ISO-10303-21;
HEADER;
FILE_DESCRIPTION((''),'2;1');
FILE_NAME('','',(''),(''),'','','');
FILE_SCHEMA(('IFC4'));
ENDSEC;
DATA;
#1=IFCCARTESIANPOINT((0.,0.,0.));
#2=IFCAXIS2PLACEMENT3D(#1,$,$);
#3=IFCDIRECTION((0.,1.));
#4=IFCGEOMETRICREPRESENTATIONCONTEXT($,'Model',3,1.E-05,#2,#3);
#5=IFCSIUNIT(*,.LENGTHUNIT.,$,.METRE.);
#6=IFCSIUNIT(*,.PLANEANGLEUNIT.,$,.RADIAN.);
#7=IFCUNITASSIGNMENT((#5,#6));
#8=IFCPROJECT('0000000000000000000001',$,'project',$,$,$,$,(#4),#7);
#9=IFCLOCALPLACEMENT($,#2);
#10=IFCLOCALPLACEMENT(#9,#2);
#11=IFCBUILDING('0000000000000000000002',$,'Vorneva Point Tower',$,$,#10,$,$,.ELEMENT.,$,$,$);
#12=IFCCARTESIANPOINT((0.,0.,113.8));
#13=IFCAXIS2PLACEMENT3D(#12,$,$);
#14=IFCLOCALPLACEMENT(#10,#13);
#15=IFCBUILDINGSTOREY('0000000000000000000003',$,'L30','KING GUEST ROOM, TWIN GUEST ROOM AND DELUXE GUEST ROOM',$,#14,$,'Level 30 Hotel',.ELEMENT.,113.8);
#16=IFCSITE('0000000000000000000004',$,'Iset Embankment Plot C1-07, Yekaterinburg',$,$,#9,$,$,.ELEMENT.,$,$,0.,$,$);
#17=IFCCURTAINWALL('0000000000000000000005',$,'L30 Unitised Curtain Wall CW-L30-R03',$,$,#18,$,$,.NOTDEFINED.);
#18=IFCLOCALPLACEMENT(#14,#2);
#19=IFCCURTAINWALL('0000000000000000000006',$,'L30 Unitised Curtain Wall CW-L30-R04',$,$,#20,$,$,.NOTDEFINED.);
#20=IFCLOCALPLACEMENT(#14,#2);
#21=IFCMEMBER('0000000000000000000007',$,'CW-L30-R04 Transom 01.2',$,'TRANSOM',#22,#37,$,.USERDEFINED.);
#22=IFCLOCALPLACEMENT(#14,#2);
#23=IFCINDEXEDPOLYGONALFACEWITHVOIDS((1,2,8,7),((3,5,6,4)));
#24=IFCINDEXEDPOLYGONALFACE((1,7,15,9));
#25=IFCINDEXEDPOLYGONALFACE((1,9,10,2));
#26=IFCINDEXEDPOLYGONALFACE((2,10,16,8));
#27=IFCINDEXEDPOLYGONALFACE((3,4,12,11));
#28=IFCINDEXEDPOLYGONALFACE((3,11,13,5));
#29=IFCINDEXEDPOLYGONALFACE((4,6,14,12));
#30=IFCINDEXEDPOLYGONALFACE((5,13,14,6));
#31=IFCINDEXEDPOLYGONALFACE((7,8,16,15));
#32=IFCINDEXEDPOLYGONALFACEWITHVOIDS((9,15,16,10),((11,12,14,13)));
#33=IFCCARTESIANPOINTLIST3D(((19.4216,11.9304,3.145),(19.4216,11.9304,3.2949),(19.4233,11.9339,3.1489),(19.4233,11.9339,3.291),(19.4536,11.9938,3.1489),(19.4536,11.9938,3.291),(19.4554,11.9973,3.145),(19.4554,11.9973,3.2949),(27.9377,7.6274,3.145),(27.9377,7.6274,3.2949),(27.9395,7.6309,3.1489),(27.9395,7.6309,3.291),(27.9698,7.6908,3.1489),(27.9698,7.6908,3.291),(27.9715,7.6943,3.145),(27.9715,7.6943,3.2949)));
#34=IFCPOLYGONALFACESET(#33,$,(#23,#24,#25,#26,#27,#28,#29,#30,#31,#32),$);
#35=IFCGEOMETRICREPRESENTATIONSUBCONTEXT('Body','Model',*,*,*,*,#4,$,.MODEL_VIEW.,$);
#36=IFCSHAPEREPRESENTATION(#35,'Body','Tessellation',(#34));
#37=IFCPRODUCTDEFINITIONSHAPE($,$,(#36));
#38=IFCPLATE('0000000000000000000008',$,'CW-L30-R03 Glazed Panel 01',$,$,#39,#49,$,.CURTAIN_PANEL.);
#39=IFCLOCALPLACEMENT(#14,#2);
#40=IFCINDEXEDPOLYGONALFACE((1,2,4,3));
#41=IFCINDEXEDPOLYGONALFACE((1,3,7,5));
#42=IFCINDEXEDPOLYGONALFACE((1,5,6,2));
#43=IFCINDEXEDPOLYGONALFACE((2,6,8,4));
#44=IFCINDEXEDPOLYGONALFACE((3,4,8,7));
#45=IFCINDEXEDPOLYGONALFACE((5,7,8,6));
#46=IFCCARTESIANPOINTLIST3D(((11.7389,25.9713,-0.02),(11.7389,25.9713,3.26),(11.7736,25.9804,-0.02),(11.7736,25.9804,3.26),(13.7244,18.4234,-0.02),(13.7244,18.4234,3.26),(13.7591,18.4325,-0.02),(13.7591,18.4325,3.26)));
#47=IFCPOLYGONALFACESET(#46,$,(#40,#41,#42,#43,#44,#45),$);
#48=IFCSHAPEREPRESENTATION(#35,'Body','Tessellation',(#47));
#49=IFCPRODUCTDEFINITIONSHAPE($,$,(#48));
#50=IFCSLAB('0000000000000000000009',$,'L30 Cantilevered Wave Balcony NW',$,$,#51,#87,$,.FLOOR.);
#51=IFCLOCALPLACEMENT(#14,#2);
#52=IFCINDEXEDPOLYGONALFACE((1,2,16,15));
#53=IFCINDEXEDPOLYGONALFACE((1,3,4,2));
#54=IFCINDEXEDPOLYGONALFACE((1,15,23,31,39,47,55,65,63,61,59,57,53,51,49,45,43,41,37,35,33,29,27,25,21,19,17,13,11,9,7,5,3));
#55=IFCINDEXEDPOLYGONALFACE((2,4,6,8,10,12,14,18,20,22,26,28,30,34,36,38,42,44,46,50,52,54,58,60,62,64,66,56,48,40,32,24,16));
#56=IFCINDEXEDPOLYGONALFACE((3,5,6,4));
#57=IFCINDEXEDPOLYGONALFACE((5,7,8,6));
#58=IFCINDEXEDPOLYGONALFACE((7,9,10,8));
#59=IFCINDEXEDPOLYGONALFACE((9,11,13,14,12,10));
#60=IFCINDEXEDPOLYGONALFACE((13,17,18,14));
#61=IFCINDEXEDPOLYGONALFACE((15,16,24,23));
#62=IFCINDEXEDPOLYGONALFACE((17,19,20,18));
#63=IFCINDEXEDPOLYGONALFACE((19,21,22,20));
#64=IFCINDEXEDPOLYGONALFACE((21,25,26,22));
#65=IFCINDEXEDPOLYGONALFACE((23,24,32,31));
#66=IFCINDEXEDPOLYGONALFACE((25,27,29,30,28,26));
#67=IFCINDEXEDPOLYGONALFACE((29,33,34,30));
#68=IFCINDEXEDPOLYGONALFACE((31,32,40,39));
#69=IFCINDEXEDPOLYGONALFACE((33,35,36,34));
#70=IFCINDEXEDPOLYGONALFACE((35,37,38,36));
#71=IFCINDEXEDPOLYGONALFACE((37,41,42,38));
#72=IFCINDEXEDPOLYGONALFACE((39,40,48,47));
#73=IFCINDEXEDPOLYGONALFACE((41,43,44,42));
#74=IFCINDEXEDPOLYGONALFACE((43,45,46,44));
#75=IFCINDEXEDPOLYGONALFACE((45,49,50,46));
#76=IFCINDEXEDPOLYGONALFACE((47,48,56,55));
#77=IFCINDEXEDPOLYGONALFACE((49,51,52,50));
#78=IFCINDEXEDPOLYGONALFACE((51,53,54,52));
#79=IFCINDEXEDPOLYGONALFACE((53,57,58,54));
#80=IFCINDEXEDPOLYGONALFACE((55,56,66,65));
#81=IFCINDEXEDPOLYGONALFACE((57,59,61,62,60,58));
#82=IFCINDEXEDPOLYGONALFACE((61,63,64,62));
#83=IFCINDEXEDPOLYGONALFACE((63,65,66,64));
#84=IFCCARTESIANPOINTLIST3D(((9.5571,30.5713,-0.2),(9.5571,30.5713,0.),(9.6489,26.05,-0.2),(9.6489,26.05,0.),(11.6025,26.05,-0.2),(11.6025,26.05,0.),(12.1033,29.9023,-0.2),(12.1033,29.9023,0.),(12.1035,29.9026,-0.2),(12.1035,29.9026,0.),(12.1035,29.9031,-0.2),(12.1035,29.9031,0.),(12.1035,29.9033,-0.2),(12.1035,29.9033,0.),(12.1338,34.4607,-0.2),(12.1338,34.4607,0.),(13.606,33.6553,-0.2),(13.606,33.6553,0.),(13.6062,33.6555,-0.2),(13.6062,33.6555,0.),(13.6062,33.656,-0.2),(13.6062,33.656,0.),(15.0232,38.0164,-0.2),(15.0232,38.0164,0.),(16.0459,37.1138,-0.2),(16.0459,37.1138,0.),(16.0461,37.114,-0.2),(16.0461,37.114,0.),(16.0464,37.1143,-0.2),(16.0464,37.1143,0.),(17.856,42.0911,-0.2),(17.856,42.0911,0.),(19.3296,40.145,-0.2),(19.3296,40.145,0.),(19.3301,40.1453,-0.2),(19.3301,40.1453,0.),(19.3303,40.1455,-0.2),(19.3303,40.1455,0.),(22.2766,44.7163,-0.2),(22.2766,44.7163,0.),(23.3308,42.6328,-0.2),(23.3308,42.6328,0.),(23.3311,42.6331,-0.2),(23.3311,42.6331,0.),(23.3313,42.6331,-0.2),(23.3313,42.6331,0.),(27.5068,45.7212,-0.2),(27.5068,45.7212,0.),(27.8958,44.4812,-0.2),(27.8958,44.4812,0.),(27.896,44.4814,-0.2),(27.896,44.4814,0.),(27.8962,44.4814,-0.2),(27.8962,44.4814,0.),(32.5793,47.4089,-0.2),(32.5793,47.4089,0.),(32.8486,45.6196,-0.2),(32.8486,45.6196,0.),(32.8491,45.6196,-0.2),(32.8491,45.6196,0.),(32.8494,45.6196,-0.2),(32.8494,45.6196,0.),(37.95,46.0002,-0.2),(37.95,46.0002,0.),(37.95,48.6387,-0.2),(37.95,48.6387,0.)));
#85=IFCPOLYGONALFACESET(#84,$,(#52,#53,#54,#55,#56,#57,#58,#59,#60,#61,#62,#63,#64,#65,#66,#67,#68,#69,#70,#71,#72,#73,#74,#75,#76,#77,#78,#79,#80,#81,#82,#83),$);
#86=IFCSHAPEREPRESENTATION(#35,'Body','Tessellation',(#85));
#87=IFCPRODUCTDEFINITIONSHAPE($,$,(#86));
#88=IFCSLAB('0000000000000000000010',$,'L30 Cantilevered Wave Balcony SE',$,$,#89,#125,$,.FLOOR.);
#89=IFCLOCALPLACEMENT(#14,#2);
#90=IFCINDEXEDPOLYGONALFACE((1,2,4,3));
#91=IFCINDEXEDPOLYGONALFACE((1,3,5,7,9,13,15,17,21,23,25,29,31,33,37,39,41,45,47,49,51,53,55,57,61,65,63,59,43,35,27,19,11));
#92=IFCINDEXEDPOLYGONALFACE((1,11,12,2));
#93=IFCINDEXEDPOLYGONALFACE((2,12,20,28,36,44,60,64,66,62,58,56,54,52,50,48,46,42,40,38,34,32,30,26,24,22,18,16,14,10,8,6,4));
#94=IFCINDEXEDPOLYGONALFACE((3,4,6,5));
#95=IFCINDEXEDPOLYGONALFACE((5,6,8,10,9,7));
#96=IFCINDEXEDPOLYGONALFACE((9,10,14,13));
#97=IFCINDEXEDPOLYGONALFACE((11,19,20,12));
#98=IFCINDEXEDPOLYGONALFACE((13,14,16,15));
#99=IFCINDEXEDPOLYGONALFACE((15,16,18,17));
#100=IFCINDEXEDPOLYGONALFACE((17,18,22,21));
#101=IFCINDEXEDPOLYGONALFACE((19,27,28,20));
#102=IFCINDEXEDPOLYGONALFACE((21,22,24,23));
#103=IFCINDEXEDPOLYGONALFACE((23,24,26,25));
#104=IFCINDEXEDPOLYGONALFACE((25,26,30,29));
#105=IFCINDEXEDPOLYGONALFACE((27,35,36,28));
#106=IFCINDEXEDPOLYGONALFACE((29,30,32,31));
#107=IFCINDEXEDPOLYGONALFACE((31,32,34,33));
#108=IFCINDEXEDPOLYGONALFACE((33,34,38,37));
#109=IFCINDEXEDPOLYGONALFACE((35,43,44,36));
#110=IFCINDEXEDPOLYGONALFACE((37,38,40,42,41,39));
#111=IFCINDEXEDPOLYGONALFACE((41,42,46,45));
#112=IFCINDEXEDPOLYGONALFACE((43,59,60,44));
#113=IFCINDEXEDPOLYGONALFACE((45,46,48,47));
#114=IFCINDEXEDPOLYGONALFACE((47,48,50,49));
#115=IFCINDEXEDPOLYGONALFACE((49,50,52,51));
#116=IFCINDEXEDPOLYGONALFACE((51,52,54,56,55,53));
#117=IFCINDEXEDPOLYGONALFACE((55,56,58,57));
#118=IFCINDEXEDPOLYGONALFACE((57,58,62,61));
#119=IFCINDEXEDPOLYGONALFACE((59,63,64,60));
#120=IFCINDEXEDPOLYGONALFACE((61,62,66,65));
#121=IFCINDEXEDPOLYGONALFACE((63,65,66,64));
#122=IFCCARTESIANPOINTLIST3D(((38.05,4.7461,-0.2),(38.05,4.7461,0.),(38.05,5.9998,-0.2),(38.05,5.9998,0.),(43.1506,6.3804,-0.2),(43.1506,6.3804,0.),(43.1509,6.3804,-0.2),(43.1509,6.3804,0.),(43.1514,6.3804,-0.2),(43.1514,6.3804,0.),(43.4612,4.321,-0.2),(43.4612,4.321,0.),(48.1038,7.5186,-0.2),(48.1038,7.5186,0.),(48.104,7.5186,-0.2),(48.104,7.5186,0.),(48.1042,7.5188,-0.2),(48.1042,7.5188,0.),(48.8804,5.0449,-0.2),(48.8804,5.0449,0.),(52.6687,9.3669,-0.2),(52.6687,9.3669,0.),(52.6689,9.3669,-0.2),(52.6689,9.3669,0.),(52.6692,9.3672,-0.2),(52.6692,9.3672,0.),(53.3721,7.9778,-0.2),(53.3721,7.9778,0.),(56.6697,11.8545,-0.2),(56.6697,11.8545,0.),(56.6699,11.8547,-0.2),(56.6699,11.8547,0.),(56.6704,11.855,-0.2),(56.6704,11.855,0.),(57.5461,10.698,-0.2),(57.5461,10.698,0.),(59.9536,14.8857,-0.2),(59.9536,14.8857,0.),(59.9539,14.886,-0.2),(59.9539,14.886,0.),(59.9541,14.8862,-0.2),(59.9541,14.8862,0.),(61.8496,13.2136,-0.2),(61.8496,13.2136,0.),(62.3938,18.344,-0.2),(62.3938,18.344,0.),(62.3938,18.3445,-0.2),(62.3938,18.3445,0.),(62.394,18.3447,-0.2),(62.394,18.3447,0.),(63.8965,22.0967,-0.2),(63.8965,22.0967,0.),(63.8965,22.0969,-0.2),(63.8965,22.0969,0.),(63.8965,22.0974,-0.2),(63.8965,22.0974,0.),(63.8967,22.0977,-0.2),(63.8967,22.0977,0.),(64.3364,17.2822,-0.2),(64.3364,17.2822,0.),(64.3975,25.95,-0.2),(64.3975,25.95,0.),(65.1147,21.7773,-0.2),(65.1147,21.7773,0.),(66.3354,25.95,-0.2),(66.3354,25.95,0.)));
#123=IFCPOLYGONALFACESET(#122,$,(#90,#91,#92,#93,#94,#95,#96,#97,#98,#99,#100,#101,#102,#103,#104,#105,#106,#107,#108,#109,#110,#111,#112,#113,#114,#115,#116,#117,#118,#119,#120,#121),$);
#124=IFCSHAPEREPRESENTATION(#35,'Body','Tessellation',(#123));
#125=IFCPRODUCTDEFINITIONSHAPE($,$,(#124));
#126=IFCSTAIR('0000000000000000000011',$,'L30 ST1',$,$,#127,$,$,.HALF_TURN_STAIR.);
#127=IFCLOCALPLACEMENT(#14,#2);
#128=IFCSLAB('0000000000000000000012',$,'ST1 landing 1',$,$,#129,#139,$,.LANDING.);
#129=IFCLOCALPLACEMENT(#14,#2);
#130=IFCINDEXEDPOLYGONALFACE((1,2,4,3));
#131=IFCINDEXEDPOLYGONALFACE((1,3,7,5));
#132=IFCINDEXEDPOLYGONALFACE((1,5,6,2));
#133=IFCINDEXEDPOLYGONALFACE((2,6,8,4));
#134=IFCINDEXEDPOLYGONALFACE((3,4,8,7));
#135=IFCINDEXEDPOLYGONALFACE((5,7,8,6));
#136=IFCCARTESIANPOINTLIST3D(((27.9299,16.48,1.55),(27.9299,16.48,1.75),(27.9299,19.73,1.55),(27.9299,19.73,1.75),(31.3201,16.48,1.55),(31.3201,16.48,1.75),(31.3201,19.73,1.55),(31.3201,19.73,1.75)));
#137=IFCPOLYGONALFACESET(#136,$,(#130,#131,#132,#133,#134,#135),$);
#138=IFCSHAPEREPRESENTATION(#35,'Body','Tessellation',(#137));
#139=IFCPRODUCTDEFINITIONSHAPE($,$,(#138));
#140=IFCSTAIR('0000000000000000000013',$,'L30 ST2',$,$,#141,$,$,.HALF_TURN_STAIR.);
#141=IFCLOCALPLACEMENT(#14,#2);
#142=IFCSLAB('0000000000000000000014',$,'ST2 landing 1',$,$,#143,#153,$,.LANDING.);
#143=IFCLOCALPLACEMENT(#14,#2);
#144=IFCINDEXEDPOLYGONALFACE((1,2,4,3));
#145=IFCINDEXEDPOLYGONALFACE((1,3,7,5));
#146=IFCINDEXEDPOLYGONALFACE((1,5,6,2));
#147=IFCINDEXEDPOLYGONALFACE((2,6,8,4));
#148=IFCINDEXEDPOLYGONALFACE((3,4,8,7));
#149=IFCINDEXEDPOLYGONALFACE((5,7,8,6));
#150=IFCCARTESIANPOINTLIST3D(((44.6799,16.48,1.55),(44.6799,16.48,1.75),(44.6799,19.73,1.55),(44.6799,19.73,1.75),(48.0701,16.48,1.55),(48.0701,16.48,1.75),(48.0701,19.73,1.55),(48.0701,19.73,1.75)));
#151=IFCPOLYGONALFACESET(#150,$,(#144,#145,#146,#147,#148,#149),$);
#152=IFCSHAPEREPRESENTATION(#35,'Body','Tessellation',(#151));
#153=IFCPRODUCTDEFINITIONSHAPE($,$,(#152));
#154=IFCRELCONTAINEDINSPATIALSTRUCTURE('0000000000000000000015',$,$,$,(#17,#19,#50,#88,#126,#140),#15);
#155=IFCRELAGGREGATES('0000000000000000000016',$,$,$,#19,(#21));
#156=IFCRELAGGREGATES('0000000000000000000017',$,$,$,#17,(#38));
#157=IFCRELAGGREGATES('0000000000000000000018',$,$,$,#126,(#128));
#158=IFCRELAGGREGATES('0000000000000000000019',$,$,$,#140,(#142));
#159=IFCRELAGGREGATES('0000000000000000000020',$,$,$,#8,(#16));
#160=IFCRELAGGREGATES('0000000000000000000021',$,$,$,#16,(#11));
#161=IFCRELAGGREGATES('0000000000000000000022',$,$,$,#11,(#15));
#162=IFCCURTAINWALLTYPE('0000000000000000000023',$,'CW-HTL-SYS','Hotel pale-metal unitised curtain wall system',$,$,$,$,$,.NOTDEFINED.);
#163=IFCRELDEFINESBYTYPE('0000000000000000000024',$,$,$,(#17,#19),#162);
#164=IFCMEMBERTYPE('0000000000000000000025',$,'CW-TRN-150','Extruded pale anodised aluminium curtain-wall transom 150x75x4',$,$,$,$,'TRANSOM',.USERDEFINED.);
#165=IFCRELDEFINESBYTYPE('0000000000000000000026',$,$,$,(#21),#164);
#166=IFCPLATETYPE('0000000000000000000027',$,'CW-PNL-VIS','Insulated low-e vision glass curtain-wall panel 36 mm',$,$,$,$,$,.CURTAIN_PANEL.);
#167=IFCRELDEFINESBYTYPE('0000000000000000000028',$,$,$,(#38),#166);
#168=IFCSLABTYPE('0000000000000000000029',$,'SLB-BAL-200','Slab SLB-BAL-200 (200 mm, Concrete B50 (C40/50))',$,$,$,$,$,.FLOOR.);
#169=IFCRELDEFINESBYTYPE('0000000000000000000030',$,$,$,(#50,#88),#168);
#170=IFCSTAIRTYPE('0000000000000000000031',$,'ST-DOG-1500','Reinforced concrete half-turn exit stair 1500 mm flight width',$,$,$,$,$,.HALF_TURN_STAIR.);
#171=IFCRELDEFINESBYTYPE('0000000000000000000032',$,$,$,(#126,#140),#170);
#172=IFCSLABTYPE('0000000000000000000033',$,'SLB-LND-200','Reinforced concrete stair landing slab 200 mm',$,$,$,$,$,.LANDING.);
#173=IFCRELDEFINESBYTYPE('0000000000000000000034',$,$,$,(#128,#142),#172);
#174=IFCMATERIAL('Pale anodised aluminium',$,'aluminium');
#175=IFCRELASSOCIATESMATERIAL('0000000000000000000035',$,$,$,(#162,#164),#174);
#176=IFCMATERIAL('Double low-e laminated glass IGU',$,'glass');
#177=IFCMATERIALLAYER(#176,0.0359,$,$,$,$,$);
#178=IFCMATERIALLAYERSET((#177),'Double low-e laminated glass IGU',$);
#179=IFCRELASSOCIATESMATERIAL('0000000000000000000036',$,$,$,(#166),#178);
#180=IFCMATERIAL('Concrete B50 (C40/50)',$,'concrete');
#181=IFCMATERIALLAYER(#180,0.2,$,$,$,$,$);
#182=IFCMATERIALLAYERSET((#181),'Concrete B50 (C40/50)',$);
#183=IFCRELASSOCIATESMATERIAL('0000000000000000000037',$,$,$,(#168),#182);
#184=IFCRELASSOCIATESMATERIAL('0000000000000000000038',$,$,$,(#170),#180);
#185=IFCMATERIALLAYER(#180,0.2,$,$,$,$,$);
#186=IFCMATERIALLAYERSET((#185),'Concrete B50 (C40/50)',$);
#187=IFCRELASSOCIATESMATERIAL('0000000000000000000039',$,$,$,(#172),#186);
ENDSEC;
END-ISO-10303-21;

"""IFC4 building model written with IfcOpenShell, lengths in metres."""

from ifc_helpers import new_model, si_unit, direction, frame, origin, origin_2d, place, context, subcontext, project, spatial, polyline, rectangle, hollow_rectangle, outline, extrude, material, layer, layer_set, material_profile, profile_set, type_object, element, aggregate, save


model = new_model("IFC4")

# Units and contexts
model_context = context("Model", 3, precision=1e-05, world=origin(), true_north=direction((0.0, 1.0)))
body_context = subcontext(model_context, "Body", "Model", "MODEL_VIEW")
ifc_project = project(units=[si_unit("LENGTHUNIT", "METRE"), si_unit("PLANEANGLEUNIT", "RADIAN")], contexts=[model_context])

# Site, building, storey
site_placement = place(None, origin())
site = spatial("IfcSite", under=ifc_project, at=site_placement, Name="Iset Embankment Plot C1-07, Yekaterinburg", CompositionType="ELEMENT", RefElevation=0.0)
building_placement = place(site_placement, origin())
building = spatial("IfcBuilding", under=site, at=building_placement, Name="Vorneva Point Tower", CompositionType="ELEMENT")
storey_placement = place(building_placement, frame((0.0, 0.0, 113.8)))
storey = spatial("IfcBuildingStorey", under=building, at=storey_placement, Name="L30", Description="KING GUEST ROOM, TWIN GUEST ROOM AND DELUXE GUEST ROOM", LongName="Level 30 Hotel", CompositionType="ELEMENT", Elevation=113.8)

# Curtain wall
ifc_material_1 = material(Name="Pale anodised aluminium", Category="aluminium")
curtain_wall_type = type_object("IfcCurtainWallType", Name="CW-HTL-SYS", Description="Hotel pale-metal unitised curtain wall system", PredefinedType="NOTDEFINED", material=ifc_material_1)
curtain_wall_1_placement = place(storey_placement, origin())
curtain_wall_1 = element("IfcCurtainWall", 1, at=curtain_wall_1_placement, inside=storey, type_object=curtain_wall_type, Name="L30 Unitised Curtain Wall CW-L30-R03", PredefinedType="NOTDEFINED")

# Curtain wall
curtain_wall_2_placement = place(storey_placement, origin())
curtain_wall_2 = element("IfcCurtainWall", 2, at=curtain_wall_2_placement, inside=storey, type_object=curtain_wall_type, Name="L30 Unitised Curtain Wall CW-L30-R04", PredefinedType="NOTDEFINED")

# Member
ifc_material_profile_1 = material_profile(ifc_material_1, hollow_rectangle(XDim=0.075, YDim=0.1499, WallThickness=0.0039, at=origin_2d()), Name="AL-TRN 150x75x4")
ifc_profile_set_1 = profile_set([ifc_material_profile_1], Name="Pale anodised aluminium")
member_type_1 = type_object("IfcMemberType", Name="CW-TRN-150", Description="Extruded pale anodised aluminium curtain-wall transom 150x75x4", ElementType="TRANSOM", PredefinedType="USERDEFINED", material=ifc_profile_set_1)
member_1_placement = place(storey_placement, frame((19.4385, 11.9639, 3.22), z_axis=(0.892536, -0.450976, 0.0), x_axis=(0.450976, 0.892536, 0.0)))
member_1 = element("IfcMember", 3, at=member_1_placement, type_object=member_type_1, Name="CW-L30-R04 Transom 01.2", ObjectType="TRANSOM", PredefinedType="USERDEFINED", context=body_context, shape_type="SweptSolid", body=[
    extrude(hollow_rectangle(XDim=0.075, YDim=0.1499, WallThickness=0.0039, at=origin_2d()), origin(), (0.0, 0.0, 1.0), 9.5415),
])
aggregate(curtain_wall_2, [member_1])

# Plate
ifc_material_2 = material(Name="Double low-e laminated glass IGU", Category="glass")
ifc_layer_1 = layer(ifc_material_2, 0.0359)
ifc_layer_set_1 = layer_set([ifc_layer_1], Name="Double low-e laminated glass IGU")
plate_type = type_object("IfcPlateType", Name="CW-PNL-VIS", Description="Insulated low-e vision glass curtain-wall panel 36 mm", PredefinedType="CURTAIN_PANEL", material=ifc_layer_set_1)
plate_placement = place(storey_placement, frame((12.749, 22.2019, -0.02), z_axis=(0.0, 0.0, 1.0), x_axis=(0.254399, -0.967099, 0.0)))
plate = element("IfcPlate", 4, at=plate_placement, type_object=plate_type, Name="CW-L30-R03 Glazed Panel 01", PredefinedType="CURTAIN_PANEL", context=body_context, shape_type="SweptSolid", body=[
    extrude(rectangle(XDim=7.8047, YDim=0.0359, at=origin_2d()), origin(), (0.0, 0.0, 1.0), 3.28),
])
aggregate(curtain_wall_1, [plate])

# Slabs
ifc_material_3 = material(Name="Concrete B50 (C40/50)", Category="concrete")
ifc_layer_2 = layer(ifc_material_3, 0.2)
ifc_layer_set_2 = layer_set([ifc_layer_2], Name="Concrete B50 (C40/50)")
slab_type_1 = type_object("IfcSlabType", Name="SLB-BAL-200", Description="Slab SLB-BAL-200 (200 mm, Concrete B50 (C40/50))", PredefinedType="FLOOR", material=ifc_layer_set_2)
slab_1_placement = place(storey_placement, frame((0.0, 0.0, -0.2)))
element("IfcSlab", 5, at=slab_1_placement, inside=storey, type_object=slab_type_1, Name="L30 Cantilevered Wave Balcony NW", PredefinedType="FLOOR", context=body_context, shape_type="SweptSolid", body=[
    extrude(outline(polyline([(9.6489, 26.05), (11.6025, 26.05), (12.1033, 29.9023), (12.1035, 29.9026), (12.1035, 29.9031), (12.1035, 29.9033), (13.606, 33.6553), (13.6062, 33.6555), (13.6062, 33.656), (16.0459, 37.1138), (16.0461, 37.114), (16.0464, 37.1143), (19.3296, 40.145), (19.3301, 40.1453), (19.3303, 40.1455), (23.3308, 42.6328), (23.3311, 42.6331), (23.3313, 42.6331), (27.8958, 44.4812), (27.896, 44.4814), (27.8962, 44.4814), (32.8486, 45.6196), (32.8491, 45.6196), (32.8494, 45.6196), (37.95, 46.0002), (37.95, 48.6387), (32.5793, 47.4089), (27.5068, 45.7212), (22.2766, 44.7163), (17.856, 42.0911), (15.0232, 38.0164), (12.1338, 34.4607), (9.5571, 30.5713), (9.6489, 26.05)])), origin(), (0.0, 0.0, 1.0), 0.2),
])
slab_2_placement = place(storey_placement, frame((0.0, 0.0, -0.2)))
element("IfcSlab", 6, at=slab_2_placement, inside=storey, type_object=slab_type_1, Name="L30 Cantilevered Wave Balcony SE", PredefinedType="FLOOR", context=body_context, shape_type="SweptSolid", body=[
    extrude(outline(polyline([(65.1147, 21.7773), (66.3354, 25.95), (64.3975, 25.95), (63.8967, 22.0977), (63.8965, 22.0974), (63.8965, 22.0969), (63.8965, 22.0967), (62.394, 18.3447), (62.3938, 18.3445), (62.3938, 18.344), (59.9541, 14.8862), (59.9539, 14.886), (59.9536, 14.8857), (56.6704, 11.855), (56.6699, 11.8547), (56.6697, 11.8545), (52.6692, 9.3672), (52.6689, 9.3669), (52.6687, 9.3669), (48.1042, 7.5188), (48.104, 7.5186), (48.1038, 7.5186), (43.1514, 6.3804), (43.1509, 6.3804), (43.1506, 6.3804), (38.05, 5.9998), (38.05, 4.7461), (43.4612, 4.321), (48.8804, 5.0449), (53.3721, 7.9778), (57.5461, 10.698), (61.8496, 13.2136), (64.3364, 17.2822), (65.1147, 21.7773)])), origin(), (0.0, 0.0, 1.0), 0.2),
])

# Stairs, slabs
stair_type = type_object("IfcStairType", Name="ST-DOG-1500", Description="Reinforced concrete half-turn exit stair 1500 mm flight width", PredefinedType="HALF_TURN_STAIR", material=ifc_material_3)
stair_1_placement = place(storey_placement, origin())
stair_1 = element("IfcStair", 7, at=stair_1_placement, inside=storey, type_object=stair_type, Name="L30 ST1", PredefinedType="HALF_TURN_STAIR")
ifc_layer_3 = layer(ifc_material_3, 0.2)
ifc_layer_set_3 = layer_set([ifc_layer_3], Name="Concrete B50 (C40/50)")
slab_type_2 = type_object("IfcSlabType", Name="SLB-LND-200", Description="Reinforced concrete stair landing slab 200 mm", PredefinedType="LANDING", material=ifc_layer_set_3)
slab_3_placement = place(storey_placement, frame((0.0, 0.0, 1.55)))
slab_3 = element("IfcSlab", 8, at=slab_3_placement, type_object=slab_type_2, Name="ST1 landing 1", PredefinedType="LANDING", context=body_context, shape_type="SweptSolid", body=[
    extrude(outline(polyline([(27.9299, 16.48), (31.3201, 16.48), (31.3201, 19.73), (27.9299, 19.73), (27.9299, 16.48)])), origin(), (0.0, 0.0, 1.0), 0.2),
])
aggregate(stair_1, [slab_3])
stair_2_placement = place(storey_placement, origin())
stair_2 = element("IfcStair", 9, at=stair_2_placement, inside=storey, type_object=stair_type, Name="L30 ST2", PredefinedType="HALF_TURN_STAIR")
slab_4_placement = place(storey_placement, frame((0.0, 0.0, 1.55)))
slab_4 = element("IfcSlab", 10, at=slab_4_placement, type_object=slab_type_2, Name="ST2 landing 1", PredefinedType="LANDING", context=body_context, shape_type="SweptSolid", body=[
    extrude(outline(polyline([(44.6799, 16.48), (48.0701, 16.48), (48.0701, 19.73), (44.6799, 19.73), (44.6799, 16.48)])), origin(), (0.0, 0.0, 1.0), 0.2),
])
aggregate(stair_2, [slab_4])

save(model, "model.ifc")
